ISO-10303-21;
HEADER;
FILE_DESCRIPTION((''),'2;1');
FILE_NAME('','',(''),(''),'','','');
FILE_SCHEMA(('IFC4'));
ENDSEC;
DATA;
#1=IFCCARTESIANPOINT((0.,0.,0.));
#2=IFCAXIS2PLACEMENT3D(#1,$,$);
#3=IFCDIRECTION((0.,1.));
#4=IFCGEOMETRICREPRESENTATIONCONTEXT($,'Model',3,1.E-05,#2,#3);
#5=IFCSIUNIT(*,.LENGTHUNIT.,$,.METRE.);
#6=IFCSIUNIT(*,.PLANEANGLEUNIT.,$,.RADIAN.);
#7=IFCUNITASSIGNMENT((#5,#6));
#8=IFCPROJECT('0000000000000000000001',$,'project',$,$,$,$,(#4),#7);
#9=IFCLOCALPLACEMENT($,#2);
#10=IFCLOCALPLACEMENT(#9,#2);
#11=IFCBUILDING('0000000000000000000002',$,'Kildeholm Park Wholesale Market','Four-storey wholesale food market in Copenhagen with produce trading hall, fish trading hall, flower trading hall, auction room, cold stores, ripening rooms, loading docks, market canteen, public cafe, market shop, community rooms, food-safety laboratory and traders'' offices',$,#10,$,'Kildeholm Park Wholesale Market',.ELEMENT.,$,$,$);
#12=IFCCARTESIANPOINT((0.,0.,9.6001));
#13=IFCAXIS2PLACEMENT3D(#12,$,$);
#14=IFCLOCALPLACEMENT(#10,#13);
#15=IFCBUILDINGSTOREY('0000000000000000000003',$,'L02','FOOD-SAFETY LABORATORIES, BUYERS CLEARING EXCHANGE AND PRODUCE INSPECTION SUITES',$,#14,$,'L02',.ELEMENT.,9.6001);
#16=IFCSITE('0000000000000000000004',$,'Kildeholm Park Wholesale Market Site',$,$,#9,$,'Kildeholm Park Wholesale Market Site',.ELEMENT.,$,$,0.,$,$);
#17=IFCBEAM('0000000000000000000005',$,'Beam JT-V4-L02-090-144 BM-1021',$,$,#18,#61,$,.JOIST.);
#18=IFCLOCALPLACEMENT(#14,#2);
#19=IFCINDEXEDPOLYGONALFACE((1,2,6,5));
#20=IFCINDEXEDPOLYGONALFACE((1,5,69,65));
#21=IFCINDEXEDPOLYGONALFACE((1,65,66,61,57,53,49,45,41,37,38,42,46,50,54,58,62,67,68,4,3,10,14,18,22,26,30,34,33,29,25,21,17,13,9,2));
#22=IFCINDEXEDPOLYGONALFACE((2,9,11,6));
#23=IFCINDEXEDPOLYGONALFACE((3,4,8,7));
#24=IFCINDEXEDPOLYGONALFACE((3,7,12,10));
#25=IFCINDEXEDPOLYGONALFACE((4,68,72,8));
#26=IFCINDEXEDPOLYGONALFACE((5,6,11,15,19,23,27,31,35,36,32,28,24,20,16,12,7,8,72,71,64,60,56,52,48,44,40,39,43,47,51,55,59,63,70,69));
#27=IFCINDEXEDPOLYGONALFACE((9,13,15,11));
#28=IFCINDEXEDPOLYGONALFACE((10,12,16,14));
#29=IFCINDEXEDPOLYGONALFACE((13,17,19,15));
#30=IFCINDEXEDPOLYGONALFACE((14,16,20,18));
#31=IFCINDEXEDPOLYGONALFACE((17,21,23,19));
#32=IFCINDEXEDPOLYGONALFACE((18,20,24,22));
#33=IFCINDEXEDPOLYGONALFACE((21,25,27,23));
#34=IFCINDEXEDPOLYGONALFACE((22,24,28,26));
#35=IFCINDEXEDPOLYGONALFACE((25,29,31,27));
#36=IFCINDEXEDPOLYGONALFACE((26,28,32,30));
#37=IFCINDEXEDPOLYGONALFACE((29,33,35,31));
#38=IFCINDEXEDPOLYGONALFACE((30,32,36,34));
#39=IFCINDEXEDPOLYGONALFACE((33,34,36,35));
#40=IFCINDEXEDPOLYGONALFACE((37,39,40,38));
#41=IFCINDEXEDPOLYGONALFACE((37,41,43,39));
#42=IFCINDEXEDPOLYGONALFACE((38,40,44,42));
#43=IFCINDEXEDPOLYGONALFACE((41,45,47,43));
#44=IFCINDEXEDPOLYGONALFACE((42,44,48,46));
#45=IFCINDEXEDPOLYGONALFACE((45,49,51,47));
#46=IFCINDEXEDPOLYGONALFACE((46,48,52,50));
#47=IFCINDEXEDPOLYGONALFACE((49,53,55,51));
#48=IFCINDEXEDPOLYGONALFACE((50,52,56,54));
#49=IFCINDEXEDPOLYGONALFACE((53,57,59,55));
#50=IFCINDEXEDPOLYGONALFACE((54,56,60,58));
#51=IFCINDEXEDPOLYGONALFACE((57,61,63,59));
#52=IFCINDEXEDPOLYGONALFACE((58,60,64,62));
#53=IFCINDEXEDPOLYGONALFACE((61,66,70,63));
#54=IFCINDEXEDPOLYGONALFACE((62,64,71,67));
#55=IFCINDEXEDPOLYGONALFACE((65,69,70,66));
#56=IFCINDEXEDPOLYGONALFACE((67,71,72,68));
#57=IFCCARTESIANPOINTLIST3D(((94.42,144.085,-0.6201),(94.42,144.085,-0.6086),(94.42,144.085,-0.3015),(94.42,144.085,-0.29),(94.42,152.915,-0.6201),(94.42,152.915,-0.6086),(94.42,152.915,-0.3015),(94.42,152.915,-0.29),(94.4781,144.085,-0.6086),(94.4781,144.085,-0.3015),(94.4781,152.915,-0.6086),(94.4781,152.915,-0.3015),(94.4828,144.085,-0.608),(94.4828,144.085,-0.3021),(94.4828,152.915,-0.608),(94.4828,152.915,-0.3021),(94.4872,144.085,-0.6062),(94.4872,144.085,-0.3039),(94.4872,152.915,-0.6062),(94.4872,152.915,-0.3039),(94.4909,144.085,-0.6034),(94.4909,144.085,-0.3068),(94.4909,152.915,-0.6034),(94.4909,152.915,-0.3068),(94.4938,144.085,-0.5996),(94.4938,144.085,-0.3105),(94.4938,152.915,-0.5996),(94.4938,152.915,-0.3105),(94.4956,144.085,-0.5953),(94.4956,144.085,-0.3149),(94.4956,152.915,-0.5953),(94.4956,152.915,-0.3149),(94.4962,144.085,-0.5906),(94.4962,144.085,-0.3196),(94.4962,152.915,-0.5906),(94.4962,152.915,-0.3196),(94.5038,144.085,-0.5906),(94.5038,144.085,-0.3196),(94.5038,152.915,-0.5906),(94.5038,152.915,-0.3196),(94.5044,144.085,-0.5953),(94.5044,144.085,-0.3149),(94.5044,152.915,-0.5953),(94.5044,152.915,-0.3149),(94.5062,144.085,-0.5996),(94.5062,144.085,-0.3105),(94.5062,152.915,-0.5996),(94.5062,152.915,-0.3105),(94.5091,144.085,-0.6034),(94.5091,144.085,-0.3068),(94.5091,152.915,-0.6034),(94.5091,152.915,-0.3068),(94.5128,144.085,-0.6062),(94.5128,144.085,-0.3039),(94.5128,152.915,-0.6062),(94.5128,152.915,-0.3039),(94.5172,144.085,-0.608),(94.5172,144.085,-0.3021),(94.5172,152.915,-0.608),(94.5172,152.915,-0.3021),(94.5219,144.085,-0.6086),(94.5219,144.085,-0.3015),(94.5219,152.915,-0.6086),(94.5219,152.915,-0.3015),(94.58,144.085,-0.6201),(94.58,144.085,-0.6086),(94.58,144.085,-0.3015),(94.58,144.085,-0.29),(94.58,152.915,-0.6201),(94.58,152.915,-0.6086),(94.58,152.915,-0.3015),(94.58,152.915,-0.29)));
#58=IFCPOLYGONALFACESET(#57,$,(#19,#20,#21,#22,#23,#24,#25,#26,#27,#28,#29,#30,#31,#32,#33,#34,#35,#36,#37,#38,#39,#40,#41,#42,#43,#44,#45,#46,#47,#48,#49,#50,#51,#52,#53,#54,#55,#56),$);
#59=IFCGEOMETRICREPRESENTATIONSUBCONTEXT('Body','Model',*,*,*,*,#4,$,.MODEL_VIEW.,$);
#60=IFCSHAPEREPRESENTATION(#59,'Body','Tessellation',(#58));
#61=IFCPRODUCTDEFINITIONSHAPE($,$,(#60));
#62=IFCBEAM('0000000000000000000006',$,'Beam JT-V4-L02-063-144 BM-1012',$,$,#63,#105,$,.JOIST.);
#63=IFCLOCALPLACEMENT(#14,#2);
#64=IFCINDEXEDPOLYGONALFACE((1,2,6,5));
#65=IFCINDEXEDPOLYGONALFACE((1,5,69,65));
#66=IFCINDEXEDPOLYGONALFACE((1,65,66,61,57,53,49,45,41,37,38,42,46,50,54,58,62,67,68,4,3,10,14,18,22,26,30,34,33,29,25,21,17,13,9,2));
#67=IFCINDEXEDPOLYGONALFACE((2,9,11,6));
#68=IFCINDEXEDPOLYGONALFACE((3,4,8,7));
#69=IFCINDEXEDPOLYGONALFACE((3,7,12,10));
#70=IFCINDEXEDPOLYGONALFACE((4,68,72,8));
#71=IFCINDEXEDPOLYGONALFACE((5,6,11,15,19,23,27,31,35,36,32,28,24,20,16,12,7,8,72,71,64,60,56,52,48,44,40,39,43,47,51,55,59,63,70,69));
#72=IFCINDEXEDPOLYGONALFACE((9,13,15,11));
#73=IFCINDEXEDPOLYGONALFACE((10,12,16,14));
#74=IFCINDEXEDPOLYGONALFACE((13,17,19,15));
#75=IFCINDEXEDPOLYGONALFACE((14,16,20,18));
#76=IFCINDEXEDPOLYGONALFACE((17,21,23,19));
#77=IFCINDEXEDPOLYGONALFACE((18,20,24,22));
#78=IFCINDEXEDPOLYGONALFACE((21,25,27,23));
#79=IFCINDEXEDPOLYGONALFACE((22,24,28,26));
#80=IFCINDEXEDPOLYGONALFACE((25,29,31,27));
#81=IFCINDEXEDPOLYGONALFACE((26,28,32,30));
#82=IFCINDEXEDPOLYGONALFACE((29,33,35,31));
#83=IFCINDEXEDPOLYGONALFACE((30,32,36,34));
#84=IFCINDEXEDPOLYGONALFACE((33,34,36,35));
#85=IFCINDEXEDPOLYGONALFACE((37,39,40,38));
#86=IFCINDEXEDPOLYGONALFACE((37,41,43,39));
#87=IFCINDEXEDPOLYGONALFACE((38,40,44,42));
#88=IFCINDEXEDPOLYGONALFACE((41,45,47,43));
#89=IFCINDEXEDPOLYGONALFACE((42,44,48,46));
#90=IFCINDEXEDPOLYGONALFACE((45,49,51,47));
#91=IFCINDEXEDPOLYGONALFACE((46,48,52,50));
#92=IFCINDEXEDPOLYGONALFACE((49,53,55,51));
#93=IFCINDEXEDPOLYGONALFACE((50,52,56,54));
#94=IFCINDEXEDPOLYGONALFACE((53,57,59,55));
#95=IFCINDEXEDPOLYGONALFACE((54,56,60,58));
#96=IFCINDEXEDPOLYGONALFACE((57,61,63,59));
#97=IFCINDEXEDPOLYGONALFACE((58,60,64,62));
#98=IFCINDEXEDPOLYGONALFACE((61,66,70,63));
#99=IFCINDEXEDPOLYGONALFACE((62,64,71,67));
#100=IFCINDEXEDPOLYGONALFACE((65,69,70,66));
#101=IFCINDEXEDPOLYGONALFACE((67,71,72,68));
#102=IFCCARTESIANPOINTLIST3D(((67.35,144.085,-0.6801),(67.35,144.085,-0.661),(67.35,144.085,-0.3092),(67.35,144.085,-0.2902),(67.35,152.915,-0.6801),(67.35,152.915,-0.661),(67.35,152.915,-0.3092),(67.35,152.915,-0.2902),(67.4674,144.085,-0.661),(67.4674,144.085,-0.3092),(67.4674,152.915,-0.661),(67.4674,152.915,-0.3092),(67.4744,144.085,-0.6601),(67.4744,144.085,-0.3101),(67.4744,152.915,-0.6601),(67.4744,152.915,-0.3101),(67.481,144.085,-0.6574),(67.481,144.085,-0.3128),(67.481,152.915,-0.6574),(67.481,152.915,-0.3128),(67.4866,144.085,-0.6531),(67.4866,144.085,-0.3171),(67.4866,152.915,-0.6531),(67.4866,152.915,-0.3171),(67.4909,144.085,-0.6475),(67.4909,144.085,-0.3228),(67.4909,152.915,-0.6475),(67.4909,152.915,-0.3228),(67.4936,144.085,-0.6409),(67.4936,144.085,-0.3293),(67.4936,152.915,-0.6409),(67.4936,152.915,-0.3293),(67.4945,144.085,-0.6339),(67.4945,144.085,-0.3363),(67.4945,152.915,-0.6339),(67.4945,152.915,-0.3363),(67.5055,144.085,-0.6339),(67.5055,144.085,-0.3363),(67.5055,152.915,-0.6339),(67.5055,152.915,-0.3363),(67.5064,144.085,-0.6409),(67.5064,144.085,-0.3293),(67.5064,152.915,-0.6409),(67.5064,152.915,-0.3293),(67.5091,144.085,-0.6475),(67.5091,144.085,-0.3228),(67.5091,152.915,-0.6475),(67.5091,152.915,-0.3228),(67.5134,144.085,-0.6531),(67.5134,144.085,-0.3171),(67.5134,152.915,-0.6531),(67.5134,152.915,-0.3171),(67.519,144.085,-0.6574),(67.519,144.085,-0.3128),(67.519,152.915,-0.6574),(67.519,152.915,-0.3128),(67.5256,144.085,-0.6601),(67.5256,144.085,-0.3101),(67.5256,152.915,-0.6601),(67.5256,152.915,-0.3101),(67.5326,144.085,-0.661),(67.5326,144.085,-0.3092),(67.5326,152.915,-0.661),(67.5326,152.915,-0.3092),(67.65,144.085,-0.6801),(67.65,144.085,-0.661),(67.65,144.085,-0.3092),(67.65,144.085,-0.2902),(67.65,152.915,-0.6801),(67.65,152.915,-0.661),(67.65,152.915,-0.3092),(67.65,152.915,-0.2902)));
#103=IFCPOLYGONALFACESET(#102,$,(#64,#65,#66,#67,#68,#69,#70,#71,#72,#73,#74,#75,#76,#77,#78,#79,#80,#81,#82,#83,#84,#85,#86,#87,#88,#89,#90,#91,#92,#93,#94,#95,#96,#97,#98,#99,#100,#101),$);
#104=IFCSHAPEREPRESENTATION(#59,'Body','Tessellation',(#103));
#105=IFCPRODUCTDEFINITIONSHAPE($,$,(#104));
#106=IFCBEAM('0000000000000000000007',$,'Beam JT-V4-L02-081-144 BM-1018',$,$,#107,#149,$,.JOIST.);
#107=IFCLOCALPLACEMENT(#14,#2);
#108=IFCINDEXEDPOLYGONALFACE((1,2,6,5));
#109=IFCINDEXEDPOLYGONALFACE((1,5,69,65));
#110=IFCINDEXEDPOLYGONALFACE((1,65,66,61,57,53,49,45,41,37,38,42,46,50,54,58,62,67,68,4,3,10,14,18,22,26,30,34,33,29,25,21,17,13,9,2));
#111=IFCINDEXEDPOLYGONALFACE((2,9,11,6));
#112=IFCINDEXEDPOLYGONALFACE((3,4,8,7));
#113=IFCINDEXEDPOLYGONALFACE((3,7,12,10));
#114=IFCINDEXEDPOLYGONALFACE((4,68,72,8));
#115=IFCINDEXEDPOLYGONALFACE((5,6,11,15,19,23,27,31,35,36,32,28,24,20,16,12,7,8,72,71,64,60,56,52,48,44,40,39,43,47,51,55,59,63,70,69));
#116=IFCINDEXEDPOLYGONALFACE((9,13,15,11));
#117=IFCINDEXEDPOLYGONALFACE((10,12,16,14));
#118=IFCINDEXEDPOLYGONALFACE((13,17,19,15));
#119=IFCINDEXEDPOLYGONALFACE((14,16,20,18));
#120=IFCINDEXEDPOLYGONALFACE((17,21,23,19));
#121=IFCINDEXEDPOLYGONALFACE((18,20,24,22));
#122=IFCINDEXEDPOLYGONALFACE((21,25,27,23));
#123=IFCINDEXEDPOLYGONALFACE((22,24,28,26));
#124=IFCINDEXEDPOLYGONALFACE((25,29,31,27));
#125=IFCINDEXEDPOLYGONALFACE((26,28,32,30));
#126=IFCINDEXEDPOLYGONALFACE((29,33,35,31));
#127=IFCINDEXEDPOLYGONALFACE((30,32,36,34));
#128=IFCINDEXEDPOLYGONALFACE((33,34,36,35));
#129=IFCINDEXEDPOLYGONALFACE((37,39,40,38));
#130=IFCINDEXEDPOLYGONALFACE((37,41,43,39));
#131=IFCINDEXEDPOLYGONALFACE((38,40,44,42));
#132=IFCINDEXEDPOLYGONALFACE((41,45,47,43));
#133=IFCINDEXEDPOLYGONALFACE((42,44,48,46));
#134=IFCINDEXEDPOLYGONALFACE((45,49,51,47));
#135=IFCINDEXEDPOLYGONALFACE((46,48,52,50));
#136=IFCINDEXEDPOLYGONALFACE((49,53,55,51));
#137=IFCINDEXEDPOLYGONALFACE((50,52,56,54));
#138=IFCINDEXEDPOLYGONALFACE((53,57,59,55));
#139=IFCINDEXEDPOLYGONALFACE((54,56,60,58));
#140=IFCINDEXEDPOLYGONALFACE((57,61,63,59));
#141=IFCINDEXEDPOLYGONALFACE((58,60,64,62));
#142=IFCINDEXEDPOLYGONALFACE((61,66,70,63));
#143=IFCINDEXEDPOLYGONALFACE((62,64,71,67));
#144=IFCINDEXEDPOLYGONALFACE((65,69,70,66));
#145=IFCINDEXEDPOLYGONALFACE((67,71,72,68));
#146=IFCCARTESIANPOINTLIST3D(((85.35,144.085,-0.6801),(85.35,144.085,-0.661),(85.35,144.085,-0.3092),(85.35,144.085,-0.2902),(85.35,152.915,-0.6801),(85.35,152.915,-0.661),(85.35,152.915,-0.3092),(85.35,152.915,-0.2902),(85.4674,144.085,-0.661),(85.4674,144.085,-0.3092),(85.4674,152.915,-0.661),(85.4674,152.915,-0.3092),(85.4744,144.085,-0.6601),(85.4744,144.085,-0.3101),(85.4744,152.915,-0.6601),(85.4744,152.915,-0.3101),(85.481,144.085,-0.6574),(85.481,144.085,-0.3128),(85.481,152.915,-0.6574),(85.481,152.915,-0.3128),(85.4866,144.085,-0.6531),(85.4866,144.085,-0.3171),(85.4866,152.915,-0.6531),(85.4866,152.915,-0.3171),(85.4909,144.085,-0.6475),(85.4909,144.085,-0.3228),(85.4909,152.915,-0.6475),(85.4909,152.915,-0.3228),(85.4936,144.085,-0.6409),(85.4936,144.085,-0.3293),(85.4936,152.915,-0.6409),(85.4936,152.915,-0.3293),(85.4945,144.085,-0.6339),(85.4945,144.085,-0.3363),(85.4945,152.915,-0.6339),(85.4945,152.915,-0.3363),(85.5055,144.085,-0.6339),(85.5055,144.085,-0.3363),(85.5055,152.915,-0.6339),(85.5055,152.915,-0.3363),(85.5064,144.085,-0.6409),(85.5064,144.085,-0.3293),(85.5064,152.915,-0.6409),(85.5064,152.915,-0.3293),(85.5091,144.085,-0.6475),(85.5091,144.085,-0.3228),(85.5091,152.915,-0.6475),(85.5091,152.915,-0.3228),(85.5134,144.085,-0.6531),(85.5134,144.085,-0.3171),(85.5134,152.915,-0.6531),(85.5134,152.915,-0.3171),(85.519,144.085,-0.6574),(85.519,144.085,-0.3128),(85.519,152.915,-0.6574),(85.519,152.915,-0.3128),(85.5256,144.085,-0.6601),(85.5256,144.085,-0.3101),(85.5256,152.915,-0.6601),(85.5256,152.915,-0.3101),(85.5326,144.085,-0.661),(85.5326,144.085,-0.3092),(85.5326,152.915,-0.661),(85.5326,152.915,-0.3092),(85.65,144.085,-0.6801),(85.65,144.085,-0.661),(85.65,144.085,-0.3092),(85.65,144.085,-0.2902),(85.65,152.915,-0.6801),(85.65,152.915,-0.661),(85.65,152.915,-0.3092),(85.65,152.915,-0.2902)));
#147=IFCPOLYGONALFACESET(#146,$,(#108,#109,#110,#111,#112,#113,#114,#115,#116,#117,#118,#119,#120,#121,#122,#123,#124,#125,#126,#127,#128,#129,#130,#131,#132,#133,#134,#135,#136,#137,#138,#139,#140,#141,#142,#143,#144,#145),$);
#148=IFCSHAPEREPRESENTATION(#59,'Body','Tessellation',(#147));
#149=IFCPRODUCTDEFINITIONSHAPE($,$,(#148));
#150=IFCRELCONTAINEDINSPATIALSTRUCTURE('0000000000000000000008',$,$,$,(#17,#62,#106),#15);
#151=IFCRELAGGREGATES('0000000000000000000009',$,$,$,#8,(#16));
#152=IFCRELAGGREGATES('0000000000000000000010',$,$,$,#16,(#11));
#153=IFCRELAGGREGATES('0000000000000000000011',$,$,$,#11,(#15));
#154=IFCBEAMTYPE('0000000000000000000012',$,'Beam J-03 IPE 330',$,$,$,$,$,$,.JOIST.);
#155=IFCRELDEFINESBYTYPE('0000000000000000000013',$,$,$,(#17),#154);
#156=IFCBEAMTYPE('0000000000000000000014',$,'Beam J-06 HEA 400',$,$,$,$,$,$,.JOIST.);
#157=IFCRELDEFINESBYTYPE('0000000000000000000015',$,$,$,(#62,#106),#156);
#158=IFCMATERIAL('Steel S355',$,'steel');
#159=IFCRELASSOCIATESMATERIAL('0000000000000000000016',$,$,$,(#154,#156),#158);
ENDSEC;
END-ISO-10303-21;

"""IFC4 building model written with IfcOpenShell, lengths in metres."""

from ifc_helpers import new_model, si_unit, direction, frame, origin, origin_2d, place, context, subcontext, project, spatial, i_section, extrude, material, material_profile, profile_set, type_object, element, save


model = new_model("IFC4")

# Units and contexts
model_context = context("Model", 3, precision=1e-05, world=origin(), true_north=direction((0.0, 1.0)))
body_context = subcontext(model_context, "Body", "Model", "MODEL_VIEW")
ifc_project = project(units=[si_unit("LENGTHUNIT", "METRE"), si_unit("PLANEANGLEUNIT", "RADIAN")], contexts=[model_context])

# Site, building, storey
site_placement = place(None, origin())
site = spatial("IfcSite", under=ifc_project, at=site_placement, Name="Kildeholm Park Wholesale Market Site", LongName="Kildeholm Park Wholesale Market Site", CompositionType="ELEMENT", RefElevation=0.0)
building_placement = place(site_placement, origin())
building = spatial("IfcBuilding", under=site, at=building_placement, Name="Kildeholm Park Wholesale Market", Description="Four-storey wholesale food market in Copenhagen with produce trading hall, fish trading hall, flower trading hall, auction room, cold stores, ripening rooms, loading docks, market canteen, public cafe, market shop, community rooms, food-safety laboratory and traders' offices", LongName="Kildeholm Park Wholesale Market", CompositionType="ELEMENT")
storey_placement = place(building_placement, frame((0.0, 0.0, 9.6001)))
storey = spatial("IfcBuildingStorey", under=building, at=storey_placement, Name="L02", Description="FOOD-SAFETY LABORATORIES, BUYERS CLEARING EXCHANGE AND PRODUCE INSPECTION SUITES", LongName="L02", CompositionType="ELEMENT", Elevation=9.6001)

# Beams
ifc_material_1 = material(Name="Steel S355", Category="steel")
ifc_material_profile_1 = material_profile(ifc_material_1, i_section(OverallWidth=0.1599, OverallDepth=0.3301, WebThickness=0.0076, FlangeThickness=0.0115, FilletRadius=0.0181, at=origin_2d()), Name="IPE 330")
ifc_profile_set_1 = profile_set([ifc_material_profile_1], Name="Steel S355")
beam_type_1 = type_object("IfcBeamType", Name="Beam J-03 IPE 330", PredefinedType="JOIST", material=ifc_profile_set_1)
for number, where, z_axis, x_axis, name in (
    (1, (94.5, 144.085, -0.4551), (0.0, 1.0, 0.0), (-1.0, 0.0, 0.0), "Beam JT-V4-L02-090-144 BM-1021"),
):
    element("IfcBeam", number, at=place(storey_placement, frame(where, z_axis=z_axis, x_axis=x_axis)), inside=storey, type_object=beam_type_1, Name=name, PredefinedType="JOIST", context=body_context, shape_type="SweptSolid", body=[
        extrude(i_section(OverallWidth=0.1599, OverallDepth=0.3301, WebThickness=0.0076, FlangeThickness=0.0115, FilletRadius=0.0181, at=origin_2d()), origin(), (0.0, 0.0, 1.0), 8.8301),
    ])
ifc_material_profile_2 = material_profile(ifc_material_1, i_section(OverallWidth=0.3, OverallDepth=0.3899, WebThickness=0.011, FlangeThickness=0.019, FilletRadius=0.0271, at=origin_2d()), Name="HEA 400")
ifc_profile_set_2 = profile_set([ifc_material_profile_2], Name="Steel S355")
beam_type_2 = type_object("IfcBeamType", Name="Beam J-06 HEA 400", PredefinedType="JOIST", material=ifc_profile_set_2)
for number, where, z_axis, x_axis, name in (
    (2, (67.5, 144.085, -0.4851), (0.0, 1.0, 0.0), (-1.0, 0.0, 0.0), "Beam JT-V4-L02-063-144 BM-1012"),
    (3, (85.5, 144.085, -0.4851), (0.0, 1.0, 0.0), (-1.0, 0.0, 0.0), "Beam JT-V4-L02-081-144 BM-1018"),
):
    element("IfcBeam", number, at=place(storey_placement, frame(where, z_axis=z_axis, x_axis=x_axis)), inside=storey, type_object=beam_type_2, Name=name, PredefinedType="JOIST", context=body_context, shape_type="SweptSolid", body=[
        extrude(i_section(OverallWidth=0.3, OverallDepth=0.3899, WebThickness=0.011, FlangeThickness=0.019, FilletRadius=0.0271, at=origin_2d()), origin(), (0.0, 0.0, 1.0), 8.8301),
    ])

save(model, "model.ifc")
